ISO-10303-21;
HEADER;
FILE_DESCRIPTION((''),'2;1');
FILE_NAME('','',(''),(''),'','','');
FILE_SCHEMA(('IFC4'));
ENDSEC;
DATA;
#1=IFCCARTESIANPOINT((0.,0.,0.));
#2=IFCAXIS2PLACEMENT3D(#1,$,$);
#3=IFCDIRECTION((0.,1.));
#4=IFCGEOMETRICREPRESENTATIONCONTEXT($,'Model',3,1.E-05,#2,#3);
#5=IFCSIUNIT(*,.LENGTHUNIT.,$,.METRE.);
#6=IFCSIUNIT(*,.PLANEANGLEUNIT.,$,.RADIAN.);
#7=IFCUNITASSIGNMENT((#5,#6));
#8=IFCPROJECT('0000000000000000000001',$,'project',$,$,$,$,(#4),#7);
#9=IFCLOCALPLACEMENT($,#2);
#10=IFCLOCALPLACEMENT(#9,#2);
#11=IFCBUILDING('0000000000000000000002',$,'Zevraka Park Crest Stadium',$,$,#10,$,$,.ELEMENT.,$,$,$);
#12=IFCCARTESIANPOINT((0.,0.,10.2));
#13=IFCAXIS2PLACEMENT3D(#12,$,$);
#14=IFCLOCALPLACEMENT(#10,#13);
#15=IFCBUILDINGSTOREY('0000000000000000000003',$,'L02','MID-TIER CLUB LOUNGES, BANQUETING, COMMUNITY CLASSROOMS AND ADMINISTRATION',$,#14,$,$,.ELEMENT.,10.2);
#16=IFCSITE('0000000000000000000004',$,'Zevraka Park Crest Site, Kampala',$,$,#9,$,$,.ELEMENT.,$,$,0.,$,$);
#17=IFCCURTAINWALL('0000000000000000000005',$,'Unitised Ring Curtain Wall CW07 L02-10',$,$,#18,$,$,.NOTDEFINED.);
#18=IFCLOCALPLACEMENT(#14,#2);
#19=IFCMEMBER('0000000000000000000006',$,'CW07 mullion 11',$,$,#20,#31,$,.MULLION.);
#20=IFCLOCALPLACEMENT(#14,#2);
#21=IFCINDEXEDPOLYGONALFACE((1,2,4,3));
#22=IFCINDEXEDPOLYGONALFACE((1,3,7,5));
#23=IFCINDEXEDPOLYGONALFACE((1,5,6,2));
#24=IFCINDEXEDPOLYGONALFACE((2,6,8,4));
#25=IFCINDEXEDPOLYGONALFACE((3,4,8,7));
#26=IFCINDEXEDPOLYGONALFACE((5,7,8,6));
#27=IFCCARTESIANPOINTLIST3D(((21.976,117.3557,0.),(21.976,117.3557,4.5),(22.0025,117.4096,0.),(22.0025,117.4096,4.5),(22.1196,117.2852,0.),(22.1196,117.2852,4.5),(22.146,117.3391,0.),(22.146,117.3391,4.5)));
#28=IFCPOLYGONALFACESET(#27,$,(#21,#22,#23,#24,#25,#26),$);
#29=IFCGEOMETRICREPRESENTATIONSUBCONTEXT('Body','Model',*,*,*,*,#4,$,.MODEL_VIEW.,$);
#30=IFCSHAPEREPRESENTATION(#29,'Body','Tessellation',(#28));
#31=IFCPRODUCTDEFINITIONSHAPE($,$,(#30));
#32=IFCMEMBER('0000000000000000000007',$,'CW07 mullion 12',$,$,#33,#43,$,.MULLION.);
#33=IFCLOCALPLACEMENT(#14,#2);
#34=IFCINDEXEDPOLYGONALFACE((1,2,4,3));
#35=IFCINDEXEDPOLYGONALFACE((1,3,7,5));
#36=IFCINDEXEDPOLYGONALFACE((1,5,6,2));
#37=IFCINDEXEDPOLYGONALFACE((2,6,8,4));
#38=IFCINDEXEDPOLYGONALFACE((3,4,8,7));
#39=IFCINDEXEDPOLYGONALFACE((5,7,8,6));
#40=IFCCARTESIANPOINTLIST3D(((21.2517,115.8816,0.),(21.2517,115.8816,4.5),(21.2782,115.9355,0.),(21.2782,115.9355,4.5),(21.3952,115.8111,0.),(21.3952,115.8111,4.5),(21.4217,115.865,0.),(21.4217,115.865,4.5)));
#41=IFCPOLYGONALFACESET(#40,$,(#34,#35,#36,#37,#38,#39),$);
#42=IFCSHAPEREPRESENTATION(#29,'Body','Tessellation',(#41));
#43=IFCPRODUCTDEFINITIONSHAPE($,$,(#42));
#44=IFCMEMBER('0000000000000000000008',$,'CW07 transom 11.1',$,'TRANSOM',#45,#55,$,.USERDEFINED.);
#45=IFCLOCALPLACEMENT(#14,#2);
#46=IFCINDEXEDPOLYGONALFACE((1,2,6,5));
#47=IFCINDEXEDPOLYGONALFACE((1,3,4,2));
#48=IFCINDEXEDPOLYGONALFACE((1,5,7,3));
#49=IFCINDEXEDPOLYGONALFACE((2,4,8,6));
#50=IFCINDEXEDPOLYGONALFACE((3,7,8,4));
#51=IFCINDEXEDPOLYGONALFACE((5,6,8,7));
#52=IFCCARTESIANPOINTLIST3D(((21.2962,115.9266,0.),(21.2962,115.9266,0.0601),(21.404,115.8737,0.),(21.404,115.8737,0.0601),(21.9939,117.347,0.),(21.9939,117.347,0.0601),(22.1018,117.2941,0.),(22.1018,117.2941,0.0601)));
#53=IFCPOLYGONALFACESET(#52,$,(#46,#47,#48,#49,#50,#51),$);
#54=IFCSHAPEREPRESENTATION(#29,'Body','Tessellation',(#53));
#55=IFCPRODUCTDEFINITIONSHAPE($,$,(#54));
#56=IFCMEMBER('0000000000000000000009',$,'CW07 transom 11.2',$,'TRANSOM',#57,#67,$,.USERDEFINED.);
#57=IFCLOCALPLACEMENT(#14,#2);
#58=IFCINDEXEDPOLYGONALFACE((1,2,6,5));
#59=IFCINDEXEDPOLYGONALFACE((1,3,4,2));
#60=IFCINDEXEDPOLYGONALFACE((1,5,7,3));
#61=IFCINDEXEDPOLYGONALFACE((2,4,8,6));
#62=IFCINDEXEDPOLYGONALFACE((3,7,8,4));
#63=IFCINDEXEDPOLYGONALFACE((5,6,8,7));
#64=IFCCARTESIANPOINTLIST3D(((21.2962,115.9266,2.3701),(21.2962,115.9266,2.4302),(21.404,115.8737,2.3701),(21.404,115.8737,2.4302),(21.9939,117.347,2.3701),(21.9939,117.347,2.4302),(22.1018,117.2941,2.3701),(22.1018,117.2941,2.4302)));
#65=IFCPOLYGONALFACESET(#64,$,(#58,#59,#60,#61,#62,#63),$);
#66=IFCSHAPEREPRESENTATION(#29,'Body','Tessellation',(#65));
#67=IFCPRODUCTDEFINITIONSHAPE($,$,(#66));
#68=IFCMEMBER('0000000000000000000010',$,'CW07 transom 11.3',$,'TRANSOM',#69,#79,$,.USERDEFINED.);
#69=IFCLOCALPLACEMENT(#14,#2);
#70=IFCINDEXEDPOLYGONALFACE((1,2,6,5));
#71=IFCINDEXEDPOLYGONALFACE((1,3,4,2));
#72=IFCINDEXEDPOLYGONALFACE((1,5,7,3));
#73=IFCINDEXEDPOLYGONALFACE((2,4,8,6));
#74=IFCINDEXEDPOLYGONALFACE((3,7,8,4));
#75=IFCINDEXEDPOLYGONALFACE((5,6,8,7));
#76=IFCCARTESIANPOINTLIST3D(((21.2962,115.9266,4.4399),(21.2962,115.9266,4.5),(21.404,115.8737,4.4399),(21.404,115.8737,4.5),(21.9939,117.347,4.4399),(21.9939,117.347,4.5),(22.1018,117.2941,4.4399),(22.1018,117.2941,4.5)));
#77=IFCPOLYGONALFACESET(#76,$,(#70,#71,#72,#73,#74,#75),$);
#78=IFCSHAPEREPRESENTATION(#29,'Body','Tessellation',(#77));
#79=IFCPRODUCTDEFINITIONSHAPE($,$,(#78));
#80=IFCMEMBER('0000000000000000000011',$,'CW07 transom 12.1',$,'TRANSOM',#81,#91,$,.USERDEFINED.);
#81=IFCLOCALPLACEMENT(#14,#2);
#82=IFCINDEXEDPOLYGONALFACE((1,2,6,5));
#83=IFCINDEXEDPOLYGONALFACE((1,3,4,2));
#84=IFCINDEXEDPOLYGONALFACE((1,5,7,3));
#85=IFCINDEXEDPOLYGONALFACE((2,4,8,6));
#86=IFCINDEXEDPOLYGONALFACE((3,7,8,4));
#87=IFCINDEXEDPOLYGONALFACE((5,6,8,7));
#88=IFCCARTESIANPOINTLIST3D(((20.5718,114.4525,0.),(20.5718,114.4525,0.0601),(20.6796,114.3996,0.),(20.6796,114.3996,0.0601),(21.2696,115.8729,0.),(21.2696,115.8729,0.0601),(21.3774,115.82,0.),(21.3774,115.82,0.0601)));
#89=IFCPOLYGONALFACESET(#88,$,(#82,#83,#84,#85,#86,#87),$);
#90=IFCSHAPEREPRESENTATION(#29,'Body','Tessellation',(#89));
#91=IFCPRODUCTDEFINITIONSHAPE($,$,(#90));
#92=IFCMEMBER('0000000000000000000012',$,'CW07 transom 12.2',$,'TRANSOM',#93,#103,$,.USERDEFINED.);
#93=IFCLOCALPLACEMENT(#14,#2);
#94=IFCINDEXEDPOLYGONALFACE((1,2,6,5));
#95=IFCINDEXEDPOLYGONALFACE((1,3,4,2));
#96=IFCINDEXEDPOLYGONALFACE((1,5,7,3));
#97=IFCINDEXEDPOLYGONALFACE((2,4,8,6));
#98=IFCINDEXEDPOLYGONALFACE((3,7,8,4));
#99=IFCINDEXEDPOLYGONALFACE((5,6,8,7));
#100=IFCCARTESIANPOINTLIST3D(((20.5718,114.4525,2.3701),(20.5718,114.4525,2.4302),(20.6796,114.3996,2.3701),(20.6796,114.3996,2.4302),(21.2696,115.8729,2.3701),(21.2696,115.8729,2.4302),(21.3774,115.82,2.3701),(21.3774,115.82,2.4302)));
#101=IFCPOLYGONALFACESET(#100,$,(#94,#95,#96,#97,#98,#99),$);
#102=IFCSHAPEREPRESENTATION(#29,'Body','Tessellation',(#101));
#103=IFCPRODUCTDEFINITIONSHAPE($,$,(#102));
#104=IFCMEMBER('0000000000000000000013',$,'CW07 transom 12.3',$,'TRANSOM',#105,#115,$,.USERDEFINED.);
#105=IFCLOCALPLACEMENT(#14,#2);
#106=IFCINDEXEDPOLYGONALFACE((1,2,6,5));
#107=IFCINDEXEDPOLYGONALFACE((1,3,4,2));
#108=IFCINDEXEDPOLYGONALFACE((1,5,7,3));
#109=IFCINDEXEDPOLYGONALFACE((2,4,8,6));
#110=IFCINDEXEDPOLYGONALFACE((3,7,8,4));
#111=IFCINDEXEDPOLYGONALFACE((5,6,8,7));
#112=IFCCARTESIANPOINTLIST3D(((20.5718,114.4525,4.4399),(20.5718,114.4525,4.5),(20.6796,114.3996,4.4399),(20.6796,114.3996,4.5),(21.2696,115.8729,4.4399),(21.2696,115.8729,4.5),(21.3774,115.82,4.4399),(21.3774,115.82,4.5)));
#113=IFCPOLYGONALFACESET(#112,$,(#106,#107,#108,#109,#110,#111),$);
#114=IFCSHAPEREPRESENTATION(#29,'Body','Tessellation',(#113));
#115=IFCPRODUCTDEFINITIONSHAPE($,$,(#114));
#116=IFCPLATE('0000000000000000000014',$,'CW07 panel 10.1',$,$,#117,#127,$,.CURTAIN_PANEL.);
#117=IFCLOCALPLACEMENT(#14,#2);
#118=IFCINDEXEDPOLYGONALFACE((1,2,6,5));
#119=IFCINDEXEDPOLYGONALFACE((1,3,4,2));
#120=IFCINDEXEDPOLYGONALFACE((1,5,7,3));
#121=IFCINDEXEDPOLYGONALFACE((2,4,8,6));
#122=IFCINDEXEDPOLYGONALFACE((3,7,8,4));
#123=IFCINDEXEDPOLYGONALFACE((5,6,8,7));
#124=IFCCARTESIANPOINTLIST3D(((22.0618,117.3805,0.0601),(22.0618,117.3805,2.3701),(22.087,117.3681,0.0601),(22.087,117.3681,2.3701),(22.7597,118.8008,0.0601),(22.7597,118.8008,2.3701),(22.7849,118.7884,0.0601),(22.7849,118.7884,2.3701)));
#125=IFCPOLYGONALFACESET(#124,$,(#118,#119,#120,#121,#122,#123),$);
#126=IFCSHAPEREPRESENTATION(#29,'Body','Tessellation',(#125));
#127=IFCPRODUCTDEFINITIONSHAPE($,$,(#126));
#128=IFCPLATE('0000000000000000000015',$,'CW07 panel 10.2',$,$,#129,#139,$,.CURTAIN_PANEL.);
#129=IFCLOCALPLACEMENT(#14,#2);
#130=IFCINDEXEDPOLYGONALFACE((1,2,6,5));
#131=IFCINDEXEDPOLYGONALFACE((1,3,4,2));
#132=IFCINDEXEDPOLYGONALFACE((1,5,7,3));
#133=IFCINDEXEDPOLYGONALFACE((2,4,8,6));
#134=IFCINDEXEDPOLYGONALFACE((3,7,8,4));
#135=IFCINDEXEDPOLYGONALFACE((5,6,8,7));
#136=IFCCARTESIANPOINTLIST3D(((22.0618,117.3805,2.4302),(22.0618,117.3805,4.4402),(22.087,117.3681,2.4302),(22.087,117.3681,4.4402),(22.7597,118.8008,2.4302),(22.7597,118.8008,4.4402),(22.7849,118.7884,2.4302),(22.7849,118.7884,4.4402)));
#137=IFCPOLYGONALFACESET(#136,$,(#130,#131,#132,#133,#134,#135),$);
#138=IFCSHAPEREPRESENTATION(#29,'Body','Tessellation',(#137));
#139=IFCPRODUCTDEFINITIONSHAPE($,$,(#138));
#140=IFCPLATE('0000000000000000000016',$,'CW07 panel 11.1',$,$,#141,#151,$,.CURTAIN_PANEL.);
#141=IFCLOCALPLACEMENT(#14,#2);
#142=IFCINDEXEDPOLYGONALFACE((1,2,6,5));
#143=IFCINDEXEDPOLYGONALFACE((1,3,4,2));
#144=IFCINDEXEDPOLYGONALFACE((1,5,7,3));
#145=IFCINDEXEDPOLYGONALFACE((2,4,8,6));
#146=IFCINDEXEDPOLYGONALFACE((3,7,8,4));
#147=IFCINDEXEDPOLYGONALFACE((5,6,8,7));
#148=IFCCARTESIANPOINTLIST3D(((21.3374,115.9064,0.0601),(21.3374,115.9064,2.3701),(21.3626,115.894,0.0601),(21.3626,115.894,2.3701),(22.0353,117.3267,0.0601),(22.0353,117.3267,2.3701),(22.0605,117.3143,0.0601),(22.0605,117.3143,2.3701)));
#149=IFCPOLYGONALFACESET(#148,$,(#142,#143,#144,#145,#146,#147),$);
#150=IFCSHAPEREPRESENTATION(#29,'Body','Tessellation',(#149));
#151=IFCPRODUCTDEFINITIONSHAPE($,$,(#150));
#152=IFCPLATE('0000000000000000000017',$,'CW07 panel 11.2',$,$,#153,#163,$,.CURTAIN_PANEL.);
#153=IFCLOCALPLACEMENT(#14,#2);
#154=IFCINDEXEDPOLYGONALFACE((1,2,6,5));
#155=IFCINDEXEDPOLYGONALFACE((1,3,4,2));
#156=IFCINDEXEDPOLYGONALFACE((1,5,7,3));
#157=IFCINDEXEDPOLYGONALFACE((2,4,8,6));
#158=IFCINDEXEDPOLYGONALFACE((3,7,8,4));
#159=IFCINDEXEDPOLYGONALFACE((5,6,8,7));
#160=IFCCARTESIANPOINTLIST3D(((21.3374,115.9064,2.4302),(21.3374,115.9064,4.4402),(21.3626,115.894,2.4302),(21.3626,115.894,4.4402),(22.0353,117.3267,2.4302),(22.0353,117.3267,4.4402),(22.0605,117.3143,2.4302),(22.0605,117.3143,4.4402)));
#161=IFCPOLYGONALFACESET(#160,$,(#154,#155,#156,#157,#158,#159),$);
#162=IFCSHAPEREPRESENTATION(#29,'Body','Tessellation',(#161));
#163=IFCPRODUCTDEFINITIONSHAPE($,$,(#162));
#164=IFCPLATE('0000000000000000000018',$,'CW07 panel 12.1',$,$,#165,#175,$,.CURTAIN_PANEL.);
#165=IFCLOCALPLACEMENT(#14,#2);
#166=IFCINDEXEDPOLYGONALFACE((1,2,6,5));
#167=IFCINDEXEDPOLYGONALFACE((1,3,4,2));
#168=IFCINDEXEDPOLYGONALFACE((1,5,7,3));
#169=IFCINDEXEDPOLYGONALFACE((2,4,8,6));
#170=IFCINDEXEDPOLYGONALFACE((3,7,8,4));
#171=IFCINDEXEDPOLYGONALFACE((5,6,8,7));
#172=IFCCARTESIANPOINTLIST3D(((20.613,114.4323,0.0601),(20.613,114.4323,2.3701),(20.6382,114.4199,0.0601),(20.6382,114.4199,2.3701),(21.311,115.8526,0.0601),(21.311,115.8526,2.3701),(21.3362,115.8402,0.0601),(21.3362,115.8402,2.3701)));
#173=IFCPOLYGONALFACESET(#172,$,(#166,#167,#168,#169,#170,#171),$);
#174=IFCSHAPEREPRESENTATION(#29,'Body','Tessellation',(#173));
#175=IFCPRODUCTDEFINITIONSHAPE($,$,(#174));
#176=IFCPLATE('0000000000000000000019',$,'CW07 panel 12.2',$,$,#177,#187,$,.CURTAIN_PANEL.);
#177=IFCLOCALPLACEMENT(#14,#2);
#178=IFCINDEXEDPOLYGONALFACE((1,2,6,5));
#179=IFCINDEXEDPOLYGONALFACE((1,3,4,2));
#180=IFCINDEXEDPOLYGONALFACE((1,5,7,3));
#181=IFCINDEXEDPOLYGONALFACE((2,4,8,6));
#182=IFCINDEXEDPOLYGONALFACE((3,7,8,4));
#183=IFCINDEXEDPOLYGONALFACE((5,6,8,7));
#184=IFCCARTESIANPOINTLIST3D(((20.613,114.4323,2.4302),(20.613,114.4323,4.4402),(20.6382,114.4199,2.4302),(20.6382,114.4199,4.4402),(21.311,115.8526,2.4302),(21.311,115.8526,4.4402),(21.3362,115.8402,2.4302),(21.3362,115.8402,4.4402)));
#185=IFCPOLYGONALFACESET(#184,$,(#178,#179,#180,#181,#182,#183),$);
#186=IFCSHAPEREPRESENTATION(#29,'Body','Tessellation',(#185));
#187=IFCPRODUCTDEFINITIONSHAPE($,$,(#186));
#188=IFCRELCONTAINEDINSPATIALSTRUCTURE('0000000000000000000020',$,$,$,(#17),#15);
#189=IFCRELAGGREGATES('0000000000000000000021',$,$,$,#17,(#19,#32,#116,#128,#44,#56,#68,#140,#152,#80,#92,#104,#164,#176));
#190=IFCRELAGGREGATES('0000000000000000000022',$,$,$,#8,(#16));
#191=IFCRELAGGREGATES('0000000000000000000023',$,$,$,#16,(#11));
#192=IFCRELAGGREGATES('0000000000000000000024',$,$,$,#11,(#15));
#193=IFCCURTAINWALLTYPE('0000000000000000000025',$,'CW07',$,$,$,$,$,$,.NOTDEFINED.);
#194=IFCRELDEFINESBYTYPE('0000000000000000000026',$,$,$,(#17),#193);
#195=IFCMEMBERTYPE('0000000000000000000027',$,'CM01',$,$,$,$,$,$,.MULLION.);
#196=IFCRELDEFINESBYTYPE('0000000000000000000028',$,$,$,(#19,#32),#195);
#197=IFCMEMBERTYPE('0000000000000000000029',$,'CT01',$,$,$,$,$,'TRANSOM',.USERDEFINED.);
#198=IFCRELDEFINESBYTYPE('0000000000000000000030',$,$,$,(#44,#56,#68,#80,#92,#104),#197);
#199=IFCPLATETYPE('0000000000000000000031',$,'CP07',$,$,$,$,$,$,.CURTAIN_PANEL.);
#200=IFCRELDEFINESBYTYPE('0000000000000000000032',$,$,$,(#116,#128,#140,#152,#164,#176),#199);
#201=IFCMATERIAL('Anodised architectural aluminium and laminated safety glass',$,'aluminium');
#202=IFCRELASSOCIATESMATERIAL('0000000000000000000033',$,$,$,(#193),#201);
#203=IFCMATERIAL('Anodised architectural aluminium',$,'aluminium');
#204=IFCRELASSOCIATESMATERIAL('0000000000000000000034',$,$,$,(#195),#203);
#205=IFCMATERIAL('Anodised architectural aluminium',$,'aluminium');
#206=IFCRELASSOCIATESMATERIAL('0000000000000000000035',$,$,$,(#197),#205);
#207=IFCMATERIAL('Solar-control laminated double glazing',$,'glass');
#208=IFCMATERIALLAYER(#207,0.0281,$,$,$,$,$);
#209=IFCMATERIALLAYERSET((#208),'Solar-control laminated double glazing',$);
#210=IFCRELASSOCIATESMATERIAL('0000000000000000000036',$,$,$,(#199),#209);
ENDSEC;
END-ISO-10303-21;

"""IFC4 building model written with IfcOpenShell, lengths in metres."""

from ifc_helpers import new_model, si_unit, direction, frame, origin, origin_2d, place, context, subcontext, project, spatial, rectangle, extrude, material, layer, layer_set, material_profile, profile_set, type_object, element, aggregate, save


model = new_model("IFC4")

# Units and contexts
model_context = context("Model", 3, precision=1e-05, world=origin(), true_north=direction((0.0, 1.0)))
body_context = subcontext(model_context, "Body", "Model", "MODEL_VIEW")
ifc_project = project(units=[si_unit("LENGTHUNIT", "METRE"), si_unit("PLANEANGLEUNIT", "RADIAN")], contexts=[model_context])

# Site, building, storey
site_placement = place(None, origin())
site = spatial("IfcSite", under=ifc_project, at=site_placement, Name="Zevraka Park Crest Site, Kampala", CompositionType="ELEMENT", RefElevation=0.0)
building_placement = place(site_placement, origin())
building = spatial("IfcBuilding", under=site, at=building_placement, Name="Zevraka Park Crest Stadium", CompositionType="ELEMENT")
storey_placement = place(building_placement, frame((0.0, 0.0, 10.2)))
storey = spatial("IfcBuildingStorey", under=building, at=storey_placement, Name="L02", Description="MID-TIER CLUB LOUNGES, BANQUETING, COMMUNITY CLASSROOMS AND ADMINISTRATION", CompositionType="ELEMENT", Elevation=10.2)

# Curtain wall, members, plates
ifc_material_1 = material(Name="Anodised architectural aluminium and laminated safety glass", Category="aluminium")
curtain_wall_type = type_object("IfcCurtainWallType", Name="CW07", PredefinedType="NOTDEFINED", material=ifc_material_1)
curtain_wall_placement = place(storey_placement, origin())
curtain_wall = element("IfcCurtainWall", 1, at=curtain_wall_placement, inside=storey, type_object=curtain_wall_type, Name="Unitised Ring Curtain Wall CW07 L02-10", PredefinedType="NOTDEFINED")
ifc_material_2 = material(Name="Anodised architectural aluminium", Category="aluminium")
ifc_material_profile_1 = material_profile(ifc_material_2, rectangle(XDim=0.1599, YDim=0.0601, at=origin_2d()), Name="ALU MULLION 160x60")
ifc_profile_set_1 = profile_set([ifc_material_profile_1], Name="Anodised architectural aluminium")
member_type_1 = type_object("IfcMemberType", Name="CM01", PredefinedType="MULLION", material=ifc_profile_set_1)
member_1_placement = place(storey_placement, frame((22.061, 117.3474, 0.0), z_axis=(0.0, 0.0, 1.0), x_axis=(0.897497, -0.441021, 0.0)))
member_1 = element("IfcMember", 2, at=member_1_placement, type_object=member_type_1, Name="CW07 mullion 11", PredefinedType="MULLION", context=body_context, shape_type="SweptSolid", body=[
    extrude(rectangle(XDim=0.1599, YDim=0.0601, at=origin_2d()), origin(), (0.0, 0.0, 1.0), 4.5),
])
member_2_placement = place(storey_placement, frame((21.3367, 115.8733, 0.0), z_axis=(0.0, 0.0, 1.0), x_axis=(0.897497, -0.441021, 0.0)))
member_2 = element("IfcMember", 3, at=member_2_placement, type_object=member_type_1, Name="CW07 mullion 12", PredefinedType="MULLION", context=body_context, shape_type="SweptSolid", body=[
    extrude(rectangle(XDim=0.1599, YDim=0.0601, at=origin_2d()), origin(), (0.0, 0.0, 1.0), 4.5),
])
ifc_material_3 = material(Name="Anodised architectural aluminium", Category="aluminium")
ifc_material_profile_2 = material_profile(ifc_material_3, rectangle(XDim=0.1201, YDim=0.0601, at=origin_2d()), Name="ALU TRANSOM 120x60")
ifc_profile_set_2 = profile_set([ifc_material_profile_2], Name="Anodised architectural aluminium")
member_type_2 = type_object("IfcMemberType", Name="CT01", ElementType="TRANSOM", PredefinedType="USERDEFINED", material=ifc_profile_set_2)
member_3_placement = place(storey_placement, frame((22.0479, 117.3206, 0.03), z_axis=(-0.440908, -0.897552, 0.0), x_axis=(0.897552, -0.440908, 0.0)))
member_3 = element("IfcMember", 4, at=member_3_placement, type_object=member_type_2, Name="CW07 transom 11.1", ObjectType="TRANSOM", PredefinedType="USERDEFINED", context=body_context, shape_type="SweptSolid", body=[
    extrude(rectangle(XDim=0.1201, YDim=0.0601, at=origin_2d()), origin(), (0.0, 0.0, 1.0), 1.5825),
])
member_4_placement = place(storey_placement, frame((22.0479, 117.3206, 2.4001), z_axis=(-0.440908, -0.897552, 0.0), x_axis=(0.897552, -0.440908, 0.0)))
member_4 = element("IfcMember", 5, at=member_4_placement, type_object=member_type_2, Name="CW07 transom 11.2", ObjectType="TRANSOM", PredefinedType="USERDEFINED", context=body_context, shape_type="SweptSolid", body=[
    extrude(rectangle(XDim=0.1201, YDim=0.0601, at=origin_2d()), origin(), (0.0, 0.0, 1.0), 1.5825),
])
member_5_placement = place(storey_placement, frame((22.0479, 117.3206, 4.47), z_axis=(-0.440908, -0.897552, 0.0), x_axis=(0.897552, -0.440908, 0.0)))
member_5 = element("IfcMember", 6, at=member_5_placement, type_object=member_type_2, Name="CW07 transom 11.3", ObjectType="TRANSOM", PredefinedType="USERDEFINED", context=body_context, shape_type="SweptSolid", body=[
    extrude(rectangle(XDim=0.1201, YDim=0.0601, at=origin_2d()), origin(), (0.0, 0.0, 1.0), 1.5825),
])
member_6_placement = place(storey_placement, frame((21.3235, 115.8464, 0.03), z_axis=(-0.440908, -0.897552, 0.0), x_axis=(0.897552, -0.440908, 0.0)))
member_6 = element("IfcMember", 7, at=member_6_placement, type_object=member_type_2, Name="CW07 transom 12.1", ObjectType="TRANSOM", PredefinedType="USERDEFINED", context=body_context, shape_type="SweptSolid", body=[
    extrude(rectangle(XDim=0.1201, YDim=0.0601, at=origin_2d()), origin(), (0.0, 0.0, 1.0), 1.5825),
])
member_7_placement = place(storey_placement, frame((21.3235, 115.8464, 2.4001), z_axis=(-0.440908, -0.897552, 0.0), x_axis=(0.897552, -0.440908, 0.0)))
member_7 = element("IfcMember", 8, at=member_7_placement, type_object=member_type_2, Name="CW07 transom 12.2", ObjectType="TRANSOM", PredefinedType="USERDEFINED", context=body_context, shape_type="SweptSolid", body=[
    extrude(rectangle(XDim=0.1201, YDim=0.0601, at=origin_2d()), origin(), (0.0, 0.0, 1.0), 1.5825),
])
member_8_placement = place(storey_placement, frame((21.3235, 115.8464, 4.47), z_axis=(-0.440908, -0.897552, 0.0), x_axis=(0.897552, -0.440908, 0.0)))
member_8 = element("IfcMember", 9, at=member_8_placement, type_object=member_type_2, Name="CW07 transom 12.3", ObjectType="TRANSOM", PredefinedType="USERDEFINED", context=body_context, shape_type="SweptSolid", body=[
    extrude(rectangle(XDim=0.1201, YDim=0.0601, at=origin_2d()), origin(), (0.0, 0.0, 1.0), 1.5825),
])
ifc_material_4 = material(Name="Solar-control laminated double glazing", Category="glass")
ifc_layer_1 = layer(ifc_material_4, 0.0281)
ifc_layer_set_1 = layer_set([ifc_layer_1], Name="Solar-control laminated double glazing")
plate_type = type_object("IfcPlateType", Name="CP07", PredefinedType="CURTAIN_PANEL", material=ifc_layer_set_1)
plate_1_placement = place(storey_placement, frame((22.4233, 118.0845, 0.0601), z_axis=(0.0, 0.0, 1.0), x_axis=(-0.441021, -0.897497, 0.0)))
plate_1 = element("IfcPlate", 10, at=plate_1_placement, type_object=plate_type, Name="CW07 panel 10.1", PredefinedType="CURTAIN_PANEL", context=body_context, shape_type="SweptSolid", body=[
    extrude(rectangle(XDim=1.5825, YDim=0.0281, at=origin_2d()), origin(), (0.0, 0.0, 1.0), 2.3101),
])
plate_2_placement = place(storey_placement, frame((22.4233, 118.0845, 2.4302), z_axis=(0.0, 0.0, 1.0), x_axis=(-0.441021, -0.897497, 0.0)))
plate_2 = element("IfcPlate", 11, at=plate_2_placement, type_object=plate_type, Name="CW07 panel 10.2", PredefinedType="CURTAIN_PANEL", context=body_context, shape_type="SweptSolid", body=[
    extrude(rectangle(XDim=1.5825, YDim=0.0281, at=origin_2d()), origin(), (0.0, 0.0, 1.0), 2.01),
])
plate_3_placement = place(storey_placement, frame((21.699, 116.6104, 0.0601), z_axis=(0.0, 0.0, 1.0), x_axis=(-0.441021, -0.897497, 0.0)))
plate_3 = element("IfcPlate", 12, at=plate_3_placement, type_object=plate_type, Name="CW07 panel 11.1", PredefinedType="CURTAIN_PANEL", context=body_context, shape_type="SweptSolid", body=[
    extrude(rectangle(XDim=1.5825, YDim=0.0281, at=origin_2d()), origin(), (0.0, 0.0, 1.0), 2.3101),
])
plate_4_placement = place(storey_placement, frame((21.699, 116.6104, 2.4302), z_axis=(0.0, 0.0, 1.0), x_axis=(-0.441021, -0.897497, 0.0)))
plate_4 = element("IfcPlate", 13, at=plate_4_placement, type_object=plate_type, Name="CW07 panel 11.2", PredefinedType="CURTAIN_PANEL", context=body_context, shape_type="SweptSolid", body=[
    extrude(rectangle(XDim=1.5825, YDim=0.0281, at=origin_2d()), origin(), (0.0, 0.0, 1.0), 2.01),
])
plate_5_placement = place(storey_placement, frame((20.9746, 115.1362, 0.0601), z_axis=(0.0, 0.0, 1.0), x_axis=(-0.441021, -0.897497, 0.0)))
plate_5 = element("IfcPlate", 14, at=plate_5_placement, type_object=plate_type, Name="CW07 panel 12.1", PredefinedType="CURTAIN_PANEL", context=body_context, shape_type="SweptSolid", body=[
    extrude(rectangle(XDim=1.5825, YDim=0.0281, at=origin_2d()), origin(), (0.0, 0.0, 1.0), 2.3101),
])
plate_6_placement = place(storey_placement, frame((20.9746, 115.1362, 2.4302), z_axis=(0.0, 0.0, 1.0), x_axis=(-0.441021, -0.897497, 0.0)))
plate_6 = element("IfcPlate", 15, at=plate_6_placement, type_object=plate_type, Name="CW07 panel 12.2", PredefinedType="CURTAIN_PANEL", context=body_context, shape_type="SweptSolid", body=[
    extrude(rectangle(XDim=1.5825, YDim=0.0281, at=origin_2d()), origin(), (0.0, 0.0, 1.0), 2.01),
])
aggregate(curtain_wall, [member_1, member_2, plate_1, plate_2, member_3, member_4, member_5, plate_3, plate_4, member_6, member_7, member_8, plate_5, plate_6])

save(model, "model.ifc")
